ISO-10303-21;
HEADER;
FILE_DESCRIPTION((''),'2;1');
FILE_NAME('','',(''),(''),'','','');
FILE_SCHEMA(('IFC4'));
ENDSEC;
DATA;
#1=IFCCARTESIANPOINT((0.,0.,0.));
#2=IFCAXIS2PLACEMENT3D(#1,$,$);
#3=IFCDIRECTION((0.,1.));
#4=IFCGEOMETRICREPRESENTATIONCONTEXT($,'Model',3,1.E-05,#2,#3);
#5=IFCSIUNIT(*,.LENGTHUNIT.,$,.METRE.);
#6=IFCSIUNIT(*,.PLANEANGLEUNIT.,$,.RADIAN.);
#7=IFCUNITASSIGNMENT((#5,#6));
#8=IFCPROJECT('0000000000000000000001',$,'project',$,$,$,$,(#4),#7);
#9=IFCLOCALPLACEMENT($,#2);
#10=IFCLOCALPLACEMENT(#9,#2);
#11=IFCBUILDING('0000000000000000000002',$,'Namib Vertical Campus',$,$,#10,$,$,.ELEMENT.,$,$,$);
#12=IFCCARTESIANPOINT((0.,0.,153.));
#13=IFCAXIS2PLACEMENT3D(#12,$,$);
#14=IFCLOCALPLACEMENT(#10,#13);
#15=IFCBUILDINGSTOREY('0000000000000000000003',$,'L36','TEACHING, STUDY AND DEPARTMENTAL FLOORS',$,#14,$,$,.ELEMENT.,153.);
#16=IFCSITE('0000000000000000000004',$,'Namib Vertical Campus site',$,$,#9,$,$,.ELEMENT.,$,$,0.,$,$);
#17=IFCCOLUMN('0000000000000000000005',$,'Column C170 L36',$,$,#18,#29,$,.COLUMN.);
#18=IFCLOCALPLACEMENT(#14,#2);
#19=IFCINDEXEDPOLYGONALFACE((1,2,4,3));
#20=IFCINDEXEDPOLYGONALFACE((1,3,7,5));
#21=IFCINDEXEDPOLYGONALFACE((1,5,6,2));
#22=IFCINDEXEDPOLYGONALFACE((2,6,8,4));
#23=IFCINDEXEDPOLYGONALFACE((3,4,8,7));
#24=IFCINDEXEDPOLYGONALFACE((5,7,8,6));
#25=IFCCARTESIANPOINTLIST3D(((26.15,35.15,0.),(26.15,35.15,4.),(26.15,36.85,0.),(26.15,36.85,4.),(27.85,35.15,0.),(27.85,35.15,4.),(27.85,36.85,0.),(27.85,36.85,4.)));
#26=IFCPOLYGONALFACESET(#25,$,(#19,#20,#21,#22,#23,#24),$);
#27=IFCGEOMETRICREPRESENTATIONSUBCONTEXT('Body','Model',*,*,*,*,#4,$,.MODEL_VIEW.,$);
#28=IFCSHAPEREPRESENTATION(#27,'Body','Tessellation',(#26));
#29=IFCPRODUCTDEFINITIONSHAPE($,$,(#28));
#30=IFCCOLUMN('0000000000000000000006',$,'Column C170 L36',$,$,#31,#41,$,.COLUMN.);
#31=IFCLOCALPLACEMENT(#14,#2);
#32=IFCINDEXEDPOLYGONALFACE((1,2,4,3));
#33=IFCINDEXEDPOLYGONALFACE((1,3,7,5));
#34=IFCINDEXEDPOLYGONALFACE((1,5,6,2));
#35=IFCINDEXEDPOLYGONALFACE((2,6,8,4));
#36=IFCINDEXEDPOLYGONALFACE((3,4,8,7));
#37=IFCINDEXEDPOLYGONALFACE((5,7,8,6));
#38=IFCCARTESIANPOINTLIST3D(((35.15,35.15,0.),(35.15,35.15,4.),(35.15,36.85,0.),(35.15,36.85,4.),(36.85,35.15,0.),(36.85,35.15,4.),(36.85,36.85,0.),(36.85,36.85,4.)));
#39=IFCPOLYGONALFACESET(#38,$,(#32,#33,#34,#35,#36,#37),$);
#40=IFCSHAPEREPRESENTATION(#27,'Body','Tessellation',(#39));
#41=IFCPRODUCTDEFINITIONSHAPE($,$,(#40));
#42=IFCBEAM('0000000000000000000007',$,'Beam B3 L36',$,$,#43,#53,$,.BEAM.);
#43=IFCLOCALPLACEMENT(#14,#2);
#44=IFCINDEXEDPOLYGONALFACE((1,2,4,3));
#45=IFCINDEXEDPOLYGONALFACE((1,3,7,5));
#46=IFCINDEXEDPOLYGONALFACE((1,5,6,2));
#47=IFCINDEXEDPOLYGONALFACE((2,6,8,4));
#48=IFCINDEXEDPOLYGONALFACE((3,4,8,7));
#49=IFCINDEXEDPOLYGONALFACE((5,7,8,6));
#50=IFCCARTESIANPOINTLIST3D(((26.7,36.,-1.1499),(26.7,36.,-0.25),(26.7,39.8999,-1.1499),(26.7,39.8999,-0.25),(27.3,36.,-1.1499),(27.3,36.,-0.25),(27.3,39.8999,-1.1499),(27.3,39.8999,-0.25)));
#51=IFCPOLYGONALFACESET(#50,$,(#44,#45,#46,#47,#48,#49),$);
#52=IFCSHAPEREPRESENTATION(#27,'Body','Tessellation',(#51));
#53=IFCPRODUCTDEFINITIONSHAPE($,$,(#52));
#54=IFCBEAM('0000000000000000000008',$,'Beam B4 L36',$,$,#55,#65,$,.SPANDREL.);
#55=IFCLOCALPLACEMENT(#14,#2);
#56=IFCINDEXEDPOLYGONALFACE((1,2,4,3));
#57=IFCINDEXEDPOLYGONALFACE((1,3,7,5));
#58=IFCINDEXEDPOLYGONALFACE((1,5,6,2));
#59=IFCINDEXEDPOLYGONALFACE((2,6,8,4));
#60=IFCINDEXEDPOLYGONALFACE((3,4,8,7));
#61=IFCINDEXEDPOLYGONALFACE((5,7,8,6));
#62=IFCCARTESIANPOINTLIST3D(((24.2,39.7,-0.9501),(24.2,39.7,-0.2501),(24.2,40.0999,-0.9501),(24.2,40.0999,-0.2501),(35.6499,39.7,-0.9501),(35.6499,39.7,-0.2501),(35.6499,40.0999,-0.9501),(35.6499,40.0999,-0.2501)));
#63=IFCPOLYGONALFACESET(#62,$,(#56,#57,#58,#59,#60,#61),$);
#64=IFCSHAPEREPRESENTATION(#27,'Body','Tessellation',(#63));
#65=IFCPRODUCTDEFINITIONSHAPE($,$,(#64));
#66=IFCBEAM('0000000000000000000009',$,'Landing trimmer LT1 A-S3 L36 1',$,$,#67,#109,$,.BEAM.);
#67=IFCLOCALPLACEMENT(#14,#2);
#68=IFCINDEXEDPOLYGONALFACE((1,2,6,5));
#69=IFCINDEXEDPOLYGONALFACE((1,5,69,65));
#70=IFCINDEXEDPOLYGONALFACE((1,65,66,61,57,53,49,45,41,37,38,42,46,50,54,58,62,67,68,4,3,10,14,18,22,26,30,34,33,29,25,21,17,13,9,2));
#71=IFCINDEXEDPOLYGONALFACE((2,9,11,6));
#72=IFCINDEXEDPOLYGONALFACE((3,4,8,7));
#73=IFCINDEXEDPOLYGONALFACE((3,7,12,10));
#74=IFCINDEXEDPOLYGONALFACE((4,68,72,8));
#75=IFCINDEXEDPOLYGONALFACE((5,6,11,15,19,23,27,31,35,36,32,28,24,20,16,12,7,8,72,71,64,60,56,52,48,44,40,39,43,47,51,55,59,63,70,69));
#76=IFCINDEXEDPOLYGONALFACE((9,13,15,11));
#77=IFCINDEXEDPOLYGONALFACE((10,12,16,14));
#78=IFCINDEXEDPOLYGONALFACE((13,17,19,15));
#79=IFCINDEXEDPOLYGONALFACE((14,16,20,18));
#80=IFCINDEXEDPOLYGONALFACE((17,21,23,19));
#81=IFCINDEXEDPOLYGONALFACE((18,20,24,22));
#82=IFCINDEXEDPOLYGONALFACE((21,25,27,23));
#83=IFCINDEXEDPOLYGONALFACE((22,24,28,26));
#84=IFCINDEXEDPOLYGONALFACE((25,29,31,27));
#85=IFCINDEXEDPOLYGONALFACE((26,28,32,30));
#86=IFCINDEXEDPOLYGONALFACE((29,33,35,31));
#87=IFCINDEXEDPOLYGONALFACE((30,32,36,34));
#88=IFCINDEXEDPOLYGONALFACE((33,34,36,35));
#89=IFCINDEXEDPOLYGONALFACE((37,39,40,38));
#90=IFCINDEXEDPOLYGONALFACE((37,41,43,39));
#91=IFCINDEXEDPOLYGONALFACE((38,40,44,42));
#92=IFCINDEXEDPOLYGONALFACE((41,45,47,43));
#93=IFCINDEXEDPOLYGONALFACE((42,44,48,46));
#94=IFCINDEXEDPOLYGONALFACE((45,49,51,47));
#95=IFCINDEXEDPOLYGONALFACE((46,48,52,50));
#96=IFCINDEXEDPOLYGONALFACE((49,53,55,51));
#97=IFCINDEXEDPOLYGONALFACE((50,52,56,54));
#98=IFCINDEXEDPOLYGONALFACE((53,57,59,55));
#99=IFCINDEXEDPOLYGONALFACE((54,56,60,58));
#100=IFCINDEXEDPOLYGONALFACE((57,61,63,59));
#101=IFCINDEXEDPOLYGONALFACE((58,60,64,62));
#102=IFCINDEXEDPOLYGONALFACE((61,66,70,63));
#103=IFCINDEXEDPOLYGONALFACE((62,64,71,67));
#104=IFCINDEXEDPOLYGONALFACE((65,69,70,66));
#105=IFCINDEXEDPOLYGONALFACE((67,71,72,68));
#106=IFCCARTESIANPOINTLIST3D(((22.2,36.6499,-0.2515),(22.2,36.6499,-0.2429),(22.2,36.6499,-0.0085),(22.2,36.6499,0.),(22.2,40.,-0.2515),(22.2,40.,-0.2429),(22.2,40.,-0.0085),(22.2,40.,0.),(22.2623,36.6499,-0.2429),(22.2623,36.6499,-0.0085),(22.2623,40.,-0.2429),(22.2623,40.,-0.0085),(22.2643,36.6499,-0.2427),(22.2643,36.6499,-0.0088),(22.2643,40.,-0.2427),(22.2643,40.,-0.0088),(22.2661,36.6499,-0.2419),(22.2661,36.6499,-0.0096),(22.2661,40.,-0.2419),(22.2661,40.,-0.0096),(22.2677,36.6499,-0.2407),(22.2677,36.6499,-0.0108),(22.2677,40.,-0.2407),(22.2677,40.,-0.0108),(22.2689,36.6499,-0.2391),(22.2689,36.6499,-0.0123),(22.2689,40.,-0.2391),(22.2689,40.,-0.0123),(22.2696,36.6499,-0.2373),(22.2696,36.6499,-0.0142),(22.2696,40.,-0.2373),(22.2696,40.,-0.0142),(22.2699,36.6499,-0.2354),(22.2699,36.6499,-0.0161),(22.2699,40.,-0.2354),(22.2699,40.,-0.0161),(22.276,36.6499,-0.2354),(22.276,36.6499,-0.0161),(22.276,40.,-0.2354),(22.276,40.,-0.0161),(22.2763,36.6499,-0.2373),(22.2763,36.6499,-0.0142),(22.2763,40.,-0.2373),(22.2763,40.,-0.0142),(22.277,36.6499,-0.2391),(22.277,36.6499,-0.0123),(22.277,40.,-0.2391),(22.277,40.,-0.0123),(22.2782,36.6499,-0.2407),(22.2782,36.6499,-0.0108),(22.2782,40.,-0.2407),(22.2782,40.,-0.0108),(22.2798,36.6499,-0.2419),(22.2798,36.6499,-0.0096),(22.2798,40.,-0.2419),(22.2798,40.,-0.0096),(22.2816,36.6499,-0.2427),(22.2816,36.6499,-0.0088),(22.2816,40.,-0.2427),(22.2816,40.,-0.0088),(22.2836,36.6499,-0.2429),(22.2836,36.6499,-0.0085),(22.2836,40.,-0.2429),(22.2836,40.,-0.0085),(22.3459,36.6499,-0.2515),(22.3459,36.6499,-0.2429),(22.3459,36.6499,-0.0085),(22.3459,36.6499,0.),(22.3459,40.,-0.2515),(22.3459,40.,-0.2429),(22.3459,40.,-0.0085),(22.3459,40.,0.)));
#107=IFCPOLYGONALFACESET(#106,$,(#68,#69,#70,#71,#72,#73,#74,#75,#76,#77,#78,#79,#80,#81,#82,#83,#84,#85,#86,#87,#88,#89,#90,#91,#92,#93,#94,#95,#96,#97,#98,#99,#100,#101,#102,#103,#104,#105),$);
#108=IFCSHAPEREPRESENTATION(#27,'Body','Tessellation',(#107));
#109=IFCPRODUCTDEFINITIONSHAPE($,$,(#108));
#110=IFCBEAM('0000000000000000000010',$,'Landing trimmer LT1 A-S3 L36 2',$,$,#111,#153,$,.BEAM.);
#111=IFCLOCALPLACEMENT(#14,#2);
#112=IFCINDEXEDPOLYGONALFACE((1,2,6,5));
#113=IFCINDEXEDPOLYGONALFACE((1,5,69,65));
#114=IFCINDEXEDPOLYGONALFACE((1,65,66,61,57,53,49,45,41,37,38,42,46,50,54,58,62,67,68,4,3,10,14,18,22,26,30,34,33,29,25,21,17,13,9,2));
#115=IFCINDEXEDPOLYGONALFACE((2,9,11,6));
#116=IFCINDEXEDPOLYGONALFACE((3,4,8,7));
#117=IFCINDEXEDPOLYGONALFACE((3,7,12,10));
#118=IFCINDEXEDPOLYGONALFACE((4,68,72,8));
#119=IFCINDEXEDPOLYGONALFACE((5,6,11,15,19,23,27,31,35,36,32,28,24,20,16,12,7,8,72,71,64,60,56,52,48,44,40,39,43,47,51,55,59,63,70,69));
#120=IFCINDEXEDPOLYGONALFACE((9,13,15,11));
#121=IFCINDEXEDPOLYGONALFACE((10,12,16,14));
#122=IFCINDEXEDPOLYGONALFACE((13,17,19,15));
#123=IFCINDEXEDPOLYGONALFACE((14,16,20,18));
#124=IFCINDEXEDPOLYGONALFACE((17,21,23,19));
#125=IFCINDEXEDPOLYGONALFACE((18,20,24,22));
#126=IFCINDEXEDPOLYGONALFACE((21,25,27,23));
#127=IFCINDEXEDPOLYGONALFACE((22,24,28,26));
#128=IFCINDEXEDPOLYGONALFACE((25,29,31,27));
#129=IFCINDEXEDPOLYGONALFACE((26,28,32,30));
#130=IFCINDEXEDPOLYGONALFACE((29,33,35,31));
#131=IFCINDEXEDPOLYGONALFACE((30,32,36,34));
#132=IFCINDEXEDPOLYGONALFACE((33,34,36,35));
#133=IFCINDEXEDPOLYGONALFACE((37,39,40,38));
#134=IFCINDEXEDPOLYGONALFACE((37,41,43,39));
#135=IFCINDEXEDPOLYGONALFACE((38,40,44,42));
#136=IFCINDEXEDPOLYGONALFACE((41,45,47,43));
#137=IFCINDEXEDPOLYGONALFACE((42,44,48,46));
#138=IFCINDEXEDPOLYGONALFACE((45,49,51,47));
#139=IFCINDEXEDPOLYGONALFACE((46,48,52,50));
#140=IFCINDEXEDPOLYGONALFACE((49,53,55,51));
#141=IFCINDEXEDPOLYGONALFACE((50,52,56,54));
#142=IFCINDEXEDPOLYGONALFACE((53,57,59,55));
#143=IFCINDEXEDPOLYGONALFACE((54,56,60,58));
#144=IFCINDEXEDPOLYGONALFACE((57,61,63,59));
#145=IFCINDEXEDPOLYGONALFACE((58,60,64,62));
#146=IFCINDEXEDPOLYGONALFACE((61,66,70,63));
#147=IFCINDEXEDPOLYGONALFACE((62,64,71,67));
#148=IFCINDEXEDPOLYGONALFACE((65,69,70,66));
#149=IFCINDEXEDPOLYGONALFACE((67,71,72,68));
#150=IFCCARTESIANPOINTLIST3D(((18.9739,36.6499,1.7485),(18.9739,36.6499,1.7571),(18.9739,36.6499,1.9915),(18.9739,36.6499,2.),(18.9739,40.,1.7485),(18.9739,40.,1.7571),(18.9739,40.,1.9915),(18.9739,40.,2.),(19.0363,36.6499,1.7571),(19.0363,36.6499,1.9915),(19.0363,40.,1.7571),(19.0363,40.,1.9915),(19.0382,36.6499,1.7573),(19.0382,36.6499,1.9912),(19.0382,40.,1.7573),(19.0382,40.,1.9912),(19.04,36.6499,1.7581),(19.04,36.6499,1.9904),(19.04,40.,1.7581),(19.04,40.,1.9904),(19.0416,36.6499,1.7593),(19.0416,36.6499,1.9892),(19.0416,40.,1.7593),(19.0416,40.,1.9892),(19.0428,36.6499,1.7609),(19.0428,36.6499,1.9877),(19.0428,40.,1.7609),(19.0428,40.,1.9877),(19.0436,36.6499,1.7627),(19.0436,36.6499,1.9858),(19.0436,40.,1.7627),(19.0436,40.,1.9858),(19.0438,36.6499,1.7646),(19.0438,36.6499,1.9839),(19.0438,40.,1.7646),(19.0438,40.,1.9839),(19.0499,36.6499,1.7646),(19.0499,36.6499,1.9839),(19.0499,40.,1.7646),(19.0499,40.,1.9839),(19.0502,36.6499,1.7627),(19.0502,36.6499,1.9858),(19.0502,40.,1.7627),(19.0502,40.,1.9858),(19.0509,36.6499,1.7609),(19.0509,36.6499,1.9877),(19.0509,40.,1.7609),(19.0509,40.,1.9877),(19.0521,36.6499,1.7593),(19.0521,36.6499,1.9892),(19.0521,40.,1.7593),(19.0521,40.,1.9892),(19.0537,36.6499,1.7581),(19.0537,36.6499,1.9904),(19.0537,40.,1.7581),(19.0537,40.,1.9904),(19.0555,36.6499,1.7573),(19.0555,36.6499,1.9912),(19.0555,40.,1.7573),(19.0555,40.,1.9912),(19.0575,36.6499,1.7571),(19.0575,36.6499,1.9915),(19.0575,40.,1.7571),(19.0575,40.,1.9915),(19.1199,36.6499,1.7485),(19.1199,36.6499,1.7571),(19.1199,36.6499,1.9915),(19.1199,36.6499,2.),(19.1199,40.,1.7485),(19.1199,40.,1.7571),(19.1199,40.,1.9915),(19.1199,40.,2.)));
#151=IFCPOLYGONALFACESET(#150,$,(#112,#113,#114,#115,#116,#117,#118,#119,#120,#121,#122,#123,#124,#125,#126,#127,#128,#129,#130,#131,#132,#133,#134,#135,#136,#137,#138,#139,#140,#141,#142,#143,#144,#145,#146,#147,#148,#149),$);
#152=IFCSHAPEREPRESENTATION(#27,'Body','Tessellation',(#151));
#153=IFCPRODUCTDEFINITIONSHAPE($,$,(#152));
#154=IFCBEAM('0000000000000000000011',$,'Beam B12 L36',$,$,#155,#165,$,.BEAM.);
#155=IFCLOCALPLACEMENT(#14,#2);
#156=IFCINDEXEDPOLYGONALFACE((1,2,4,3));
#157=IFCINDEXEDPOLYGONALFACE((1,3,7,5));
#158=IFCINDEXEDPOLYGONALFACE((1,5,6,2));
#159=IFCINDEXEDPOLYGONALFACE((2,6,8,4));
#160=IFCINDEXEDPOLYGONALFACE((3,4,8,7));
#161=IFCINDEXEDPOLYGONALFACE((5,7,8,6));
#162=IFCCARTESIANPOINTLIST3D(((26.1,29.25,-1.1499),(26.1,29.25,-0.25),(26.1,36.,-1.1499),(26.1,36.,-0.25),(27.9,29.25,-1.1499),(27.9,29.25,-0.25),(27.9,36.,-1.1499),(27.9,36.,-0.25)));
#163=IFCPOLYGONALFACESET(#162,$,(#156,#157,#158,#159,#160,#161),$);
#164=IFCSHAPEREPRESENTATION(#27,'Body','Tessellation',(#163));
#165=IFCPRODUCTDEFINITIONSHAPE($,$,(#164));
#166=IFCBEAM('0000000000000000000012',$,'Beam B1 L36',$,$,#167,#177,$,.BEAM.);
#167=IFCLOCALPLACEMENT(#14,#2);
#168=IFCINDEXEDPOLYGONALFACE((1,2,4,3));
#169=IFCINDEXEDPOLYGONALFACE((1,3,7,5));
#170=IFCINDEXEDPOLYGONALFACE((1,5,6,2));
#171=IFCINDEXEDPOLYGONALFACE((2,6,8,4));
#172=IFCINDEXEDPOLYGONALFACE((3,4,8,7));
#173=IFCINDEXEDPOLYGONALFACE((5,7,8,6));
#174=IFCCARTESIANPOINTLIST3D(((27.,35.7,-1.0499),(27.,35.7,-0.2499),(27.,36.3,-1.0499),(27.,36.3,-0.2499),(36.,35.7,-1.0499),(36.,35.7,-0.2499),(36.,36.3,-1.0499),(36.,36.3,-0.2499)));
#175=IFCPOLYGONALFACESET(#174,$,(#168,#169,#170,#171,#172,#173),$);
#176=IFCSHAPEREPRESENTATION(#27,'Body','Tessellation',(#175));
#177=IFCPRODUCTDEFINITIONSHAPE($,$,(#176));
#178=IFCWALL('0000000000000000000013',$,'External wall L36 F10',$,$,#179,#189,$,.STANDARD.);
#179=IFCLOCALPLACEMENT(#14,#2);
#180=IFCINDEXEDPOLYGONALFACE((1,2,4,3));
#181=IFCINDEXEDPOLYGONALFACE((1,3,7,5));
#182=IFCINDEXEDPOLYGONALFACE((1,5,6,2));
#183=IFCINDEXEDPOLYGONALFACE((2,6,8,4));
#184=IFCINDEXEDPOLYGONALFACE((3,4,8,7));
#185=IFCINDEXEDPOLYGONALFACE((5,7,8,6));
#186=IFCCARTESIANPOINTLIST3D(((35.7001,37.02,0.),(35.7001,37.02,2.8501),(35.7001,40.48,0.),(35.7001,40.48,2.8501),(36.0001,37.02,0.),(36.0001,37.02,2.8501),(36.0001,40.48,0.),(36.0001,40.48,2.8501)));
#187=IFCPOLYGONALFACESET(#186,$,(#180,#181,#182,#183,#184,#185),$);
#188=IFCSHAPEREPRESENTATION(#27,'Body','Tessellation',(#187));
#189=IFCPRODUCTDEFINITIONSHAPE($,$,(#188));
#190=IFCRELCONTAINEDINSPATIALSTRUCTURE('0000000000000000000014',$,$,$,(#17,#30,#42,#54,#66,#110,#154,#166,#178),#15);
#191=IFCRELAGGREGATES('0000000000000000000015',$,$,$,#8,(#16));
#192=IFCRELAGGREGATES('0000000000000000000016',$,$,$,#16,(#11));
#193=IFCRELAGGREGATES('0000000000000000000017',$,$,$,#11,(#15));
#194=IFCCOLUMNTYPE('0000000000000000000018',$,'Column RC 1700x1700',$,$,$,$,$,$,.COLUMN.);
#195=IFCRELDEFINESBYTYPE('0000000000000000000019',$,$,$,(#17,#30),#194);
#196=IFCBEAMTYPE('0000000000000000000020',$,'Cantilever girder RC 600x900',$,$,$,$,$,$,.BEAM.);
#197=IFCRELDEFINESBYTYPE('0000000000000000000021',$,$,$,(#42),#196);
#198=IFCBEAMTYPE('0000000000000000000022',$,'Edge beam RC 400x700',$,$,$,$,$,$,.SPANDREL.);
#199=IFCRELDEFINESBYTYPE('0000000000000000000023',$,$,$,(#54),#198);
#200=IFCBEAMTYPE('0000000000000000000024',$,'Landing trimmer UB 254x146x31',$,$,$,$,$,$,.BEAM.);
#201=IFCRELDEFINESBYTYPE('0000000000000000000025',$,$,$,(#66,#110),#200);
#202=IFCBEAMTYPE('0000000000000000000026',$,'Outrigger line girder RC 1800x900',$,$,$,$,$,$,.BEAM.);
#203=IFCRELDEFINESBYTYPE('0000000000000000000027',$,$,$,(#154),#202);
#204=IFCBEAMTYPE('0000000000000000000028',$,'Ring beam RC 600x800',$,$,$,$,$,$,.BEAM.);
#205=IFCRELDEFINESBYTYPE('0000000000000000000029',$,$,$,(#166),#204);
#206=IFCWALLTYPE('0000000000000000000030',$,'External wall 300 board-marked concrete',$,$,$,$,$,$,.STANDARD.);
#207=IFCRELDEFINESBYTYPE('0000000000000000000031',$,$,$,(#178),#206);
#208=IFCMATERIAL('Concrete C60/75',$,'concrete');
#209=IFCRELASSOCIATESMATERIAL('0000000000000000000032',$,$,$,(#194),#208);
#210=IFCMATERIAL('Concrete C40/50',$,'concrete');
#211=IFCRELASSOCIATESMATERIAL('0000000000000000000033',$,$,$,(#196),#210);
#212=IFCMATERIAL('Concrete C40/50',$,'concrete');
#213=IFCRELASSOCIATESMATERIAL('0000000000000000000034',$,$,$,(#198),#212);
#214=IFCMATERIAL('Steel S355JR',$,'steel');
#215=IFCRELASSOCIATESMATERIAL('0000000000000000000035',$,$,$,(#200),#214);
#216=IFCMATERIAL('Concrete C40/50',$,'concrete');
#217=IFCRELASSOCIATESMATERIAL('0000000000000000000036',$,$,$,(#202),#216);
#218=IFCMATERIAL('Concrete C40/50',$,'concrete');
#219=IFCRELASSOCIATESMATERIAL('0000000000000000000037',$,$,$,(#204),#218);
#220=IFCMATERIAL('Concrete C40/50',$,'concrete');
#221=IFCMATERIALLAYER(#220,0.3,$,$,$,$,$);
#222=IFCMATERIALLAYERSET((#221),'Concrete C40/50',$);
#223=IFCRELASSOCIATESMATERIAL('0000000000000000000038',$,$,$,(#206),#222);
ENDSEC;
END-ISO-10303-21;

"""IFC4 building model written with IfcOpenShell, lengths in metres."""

from ifc_helpers import new_model, si_unit, direction, frame, frame_2d, origin, origin_2d, place, context, subcontext, project, spatial, rectangle, i_section, extrude, material, layer, layer_set, material_profile, profile_set, type_object, element, save


model = new_model("IFC4")

# Units and contexts
model_context = context("Model", 3, precision=1e-05, world=origin(), true_north=direction((0.0, 1.0)))
body_context = subcontext(model_context, "Body", "Model", "MODEL_VIEW")
ifc_project = project(units=[si_unit("LENGTHUNIT", "METRE"), si_unit("PLANEANGLEUNIT", "RADIAN")], contexts=[model_context])

# Site, building, storey
site_placement = place(None, origin())
site = spatial("IfcSite", under=ifc_project, at=site_placement, Name="Namib Vertical Campus site", CompositionType="ELEMENT", RefElevation=0.0)
building_placement = place(site_placement, origin())
building = spatial("IfcBuilding", under=site, at=building_placement, Name="Namib Vertical Campus", CompositionType="ELEMENT")
storey_placement = place(building_placement, frame((0.0, 0.0, 153.0)))
storey = spatial("IfcBuildingStorey", under=building, at=storey_placement, Name="L36", Description="TEACHING, STUDY AND DEPARTMENTAL FLOORS", CompositionType="ELEMENT", Elevation=153.0)

# Columns
ifc_material_1 = material(Name="Concrete C60/75", Category="concrete")
ifc_material_profile_1 = material_profile(ifc_material_1, rectangle(XDim=1.7, YDim=1.7, at=origin_2d()))
ifc_profile_set_1 = profile_set([ifc_material_profile_1], Name="Concrete C60/75")
column_type = type_object("IfcColumnType", Name="Column RC 1700x1700", PredefinedType="COLUMN", material=ifc_profile_set_1)
for number, where, z_axis, x_axis, name in (
    (1, (27.0, 36.0, 0.0), (0.0, 0.0, 1.0), (1.0, 0.0, 0.0), "Column C170 L36"),
    (2, (36.0, 36.0, 0.0), (0.0, 0.0, 1.0), (1.0, 0.0, 0.0), "Column C170 L36"),
):
    element("IfcColumn", number, at=place(storey_placement, frame(where, z_axis=z_axis, x_axis=x_axis)), inside=storey, type_object=column_type, Name=name, PredefinedType="COLUMN", context=body_context, shape_type="SweptSolid", body=[
        extrude(rectangle(XDim=1.7, YDim=1.7, at=origin_2d()), origin(), (0.0, 0.0, 1.0), 4.0),
    ])

# Beams
ifc_material_2 = material(Name="Concrete C40/50", Category="concrete")
ifc_material_profile_2 = material_profile(ifc_material_2, rectangle(XDim=0.6001, YDim=0.8999, at=origin_2d()))
ifc_profile_set_2 = profile_set([ifc_material_profile_2], Name="Concrete C40/50")
beam_type_1 = type_object("IfcBeamType", Name="Cantilever girder RC 600x900", PredefinedType="BEAM", material=ifc_profile_set_2)
beam_1_placement = place(storey_placement, frame((27.0, 36.0, -0.7), z_axis=(0.0, 1.0, 0.0), x_axis=(-1.0, 0.0, 0.0)))
element("IfcBeam", 3, at=beam_1_placement, inside=storey, type_object=beam_type_1, Name="Beam B3 L36", PredefinedType="BEAM", context=body_context, shape_type="SweptSolid", body=[
    extrude(rectangle(XDim=0.6001, YDim=0.8999, at=origin_2d()), origin(), (0.0, 0.0, 1.0), 3.8999),
])
ifc_material_3 = material(Name="Concrete C40/50", Category="concrete")
ifc_material_profile_3 = material_profile(ifc_material_3, rectangle(XDim=0.3999, YDim=0.7, at=origin_2d()))
ifc_profile_set_3 = profile_set([ifc_material_profile_3], Name="Concrete C40/50")
beam_type_2 = type_object("IfcBeamType", Name="Edge beam RC 400x700", PredefinedType="SPANDREL", material=ifc_profile_set_3)
beam_2_placement = place(storey_placement, frame((24.2, 39.8999, -0.6001), z_axis=(1.0, 0.0, 0.0), x_axis=(0.0, 1.0, 0.0)))
element("IfcBeam", 4, at=beam_2_placement, inside=storey, type_object=beam_type_2, Name="Beam B4 L36", PredefinedType="SPANDREL", context=body_context, shape_type="SweptSolid", body=[
    extrude(rectangle(XDim=0.3999, YDim=0.7, at=origin_2d()), origin(), (0.0, 0.0, 1.0), 11.45),
])
ifc_material_4 = material(Name="Steel S355JR", Category="steel")
ifc_material_profile_4 = material_profile(ifc_material_4, i_section(OverallWidth=0.146, OverallDepth=0.2515, WebThickness=0.0061, FlangeThickness=0.0085, FilletRadius=0.0076, at=origin_2d()))
ifc_profile_set_4 = profile_set([ifc_material_profile_4], Name="Steel S355JR")
beam_type_3 = type_object("IfcBeamType", Name="Landing trimmer UB 254x146x31", PredefinedType="BEAM", material=ifc_profile_set_4)
for number, where, z_axis, x_axis, name in (
    (5, (22.2729, 36.6499, -0.1257), (0.0, 1.0, 0.0), (-1.0, 0.0, 0.0), "Landing trimmer LT1 A-S3 L36 1"),
    (6, (19.0469, 36.6499, 1.8743), (0.0, 1.0, 0.0), (-1.0, 0.0, 0.0), "Landing trimmer LT1 A-S3 L36 2"),
):
    element("IfcBeam", number, at=place(storey_placement, frame(where, z_axis=z_axis, x_axis=x_axis)), inside=storey, type_object=beam_type_3, Name=name, PredefinedType="BEAM", context=body_context, shape_type="SweptSolid", body=[
        extrude(i_section(OverallWidth=0.146, OverallDepth=0.2515, WebThickness=0.0061, FlangeThickness=0.0085, FilletRadius=0.0076, at=origin_2d()), origin(), (0.0, 0.0, 1.0), 3.3501),
    ])
ifc_material_5 = material(Name="Concrete C40/50", Category="concrete")
ifc_material_profile_5 = material_profile(ifc_material_5, rectangle(XDim=1.8, YDim=0.8999, at=origin_2d()))
ifc_profile_set_5 = profile_set([ifc_material_profile_5], Name="Concrete C40/50")
beam_type_4 = type_object("IfcBeamType", Name="Outrigger line girder RC 1800x900", PredefinedType="BEAM", material=ifc_profile_set_5)
beam_3_placement = place(storey_placement, frame((27.0, 36.0, -0.7), z_axis=(0.0, -1.0, 0.0), x_axis=(1.0, 0.0, 0.0)))
element("IfcBeam", 7, at=beam_3_placement, inside=storey, type_object=beam_type_4, Name="Beam B12 L36", PredefinedType="BEAM", context=body_context, shape_type="SweptSolid", body=[
    extrude(rectangle(XDim=1.8, YDim=0.8999, at=origin_2d()), origin(), (0.0, 0.0, 1.0), 6.75),
])
ifc_material_6 = material(Name="Concrete C40/50", Category="concrete")
ifc_material_profile_6 = material_profile(ifc_material_6, rectangle(XDim=0.6001, YDim=0.8, at=origin_2d()))
ifc_profile_set_6 = profile_set([ifc_material_profile_6], Name="Concrete C40/50")
beam_type_5 = type_object("IfcBeamType", Name="Ring beam RC 600x800", PredefinedType="BEAM", material=ifc_profile_set_6)
beam_4_placement = place(storey_placement, frame((27.0, 36.0, -0.6499), z_axis=(1.0, 0.0, 0.0), x_axis=(0.0, 1.0, 0.0)))
element("IfcBeam", 8, at=beam_4_placement, inside=storey, type_object=beam_type_5, Name="Beam B1 L36", PredefinedType="BEAM", context=body_context, shape_type="SweptSolid", body=[
    extrude(rectangle(XDim=0.6001, YDim=0.8, at=origin_2d()), origin(), (0.0, 0.0, 1.0), 9.0),
])

# Wall
ifc_material_7 = material(Name="Concrete C40/50", Category="concrete")
ifc_layer_1 = layer(ifc_material_7, 0.3)
ifc_layer_set_1 = layer_set([ifc_layer_1], Name="Concrete C40/50")
wall_type_1 = type_object("IfcWallType", Name="External wall 300 board-marked concrete", PredefinedType="STANDARD", material=ifc_layer_set_1)
wall_1_placement = place(storey_placement, frame((35.8501, 37.02, 0.0), z_axis=(0.0, 0.0, 1.0), x_axis=(0.0, 1.0, 0.0)))
element("IfcWall", 9, at=wall_1_placement, inside=storey, type_object=wall_type_1, Name="External wall L36 F10", PredefinedType="STANDARD", context=body_context, shape_type="SweptSolid", body=[
    extrude(rectangle(XDim=3.46, YDim=0.3, at=frame_2d((1.73, 0.0))), origin(), (0.0, 0.0, 1.0), 2.8501),
])

save(model, "model.ifc")
